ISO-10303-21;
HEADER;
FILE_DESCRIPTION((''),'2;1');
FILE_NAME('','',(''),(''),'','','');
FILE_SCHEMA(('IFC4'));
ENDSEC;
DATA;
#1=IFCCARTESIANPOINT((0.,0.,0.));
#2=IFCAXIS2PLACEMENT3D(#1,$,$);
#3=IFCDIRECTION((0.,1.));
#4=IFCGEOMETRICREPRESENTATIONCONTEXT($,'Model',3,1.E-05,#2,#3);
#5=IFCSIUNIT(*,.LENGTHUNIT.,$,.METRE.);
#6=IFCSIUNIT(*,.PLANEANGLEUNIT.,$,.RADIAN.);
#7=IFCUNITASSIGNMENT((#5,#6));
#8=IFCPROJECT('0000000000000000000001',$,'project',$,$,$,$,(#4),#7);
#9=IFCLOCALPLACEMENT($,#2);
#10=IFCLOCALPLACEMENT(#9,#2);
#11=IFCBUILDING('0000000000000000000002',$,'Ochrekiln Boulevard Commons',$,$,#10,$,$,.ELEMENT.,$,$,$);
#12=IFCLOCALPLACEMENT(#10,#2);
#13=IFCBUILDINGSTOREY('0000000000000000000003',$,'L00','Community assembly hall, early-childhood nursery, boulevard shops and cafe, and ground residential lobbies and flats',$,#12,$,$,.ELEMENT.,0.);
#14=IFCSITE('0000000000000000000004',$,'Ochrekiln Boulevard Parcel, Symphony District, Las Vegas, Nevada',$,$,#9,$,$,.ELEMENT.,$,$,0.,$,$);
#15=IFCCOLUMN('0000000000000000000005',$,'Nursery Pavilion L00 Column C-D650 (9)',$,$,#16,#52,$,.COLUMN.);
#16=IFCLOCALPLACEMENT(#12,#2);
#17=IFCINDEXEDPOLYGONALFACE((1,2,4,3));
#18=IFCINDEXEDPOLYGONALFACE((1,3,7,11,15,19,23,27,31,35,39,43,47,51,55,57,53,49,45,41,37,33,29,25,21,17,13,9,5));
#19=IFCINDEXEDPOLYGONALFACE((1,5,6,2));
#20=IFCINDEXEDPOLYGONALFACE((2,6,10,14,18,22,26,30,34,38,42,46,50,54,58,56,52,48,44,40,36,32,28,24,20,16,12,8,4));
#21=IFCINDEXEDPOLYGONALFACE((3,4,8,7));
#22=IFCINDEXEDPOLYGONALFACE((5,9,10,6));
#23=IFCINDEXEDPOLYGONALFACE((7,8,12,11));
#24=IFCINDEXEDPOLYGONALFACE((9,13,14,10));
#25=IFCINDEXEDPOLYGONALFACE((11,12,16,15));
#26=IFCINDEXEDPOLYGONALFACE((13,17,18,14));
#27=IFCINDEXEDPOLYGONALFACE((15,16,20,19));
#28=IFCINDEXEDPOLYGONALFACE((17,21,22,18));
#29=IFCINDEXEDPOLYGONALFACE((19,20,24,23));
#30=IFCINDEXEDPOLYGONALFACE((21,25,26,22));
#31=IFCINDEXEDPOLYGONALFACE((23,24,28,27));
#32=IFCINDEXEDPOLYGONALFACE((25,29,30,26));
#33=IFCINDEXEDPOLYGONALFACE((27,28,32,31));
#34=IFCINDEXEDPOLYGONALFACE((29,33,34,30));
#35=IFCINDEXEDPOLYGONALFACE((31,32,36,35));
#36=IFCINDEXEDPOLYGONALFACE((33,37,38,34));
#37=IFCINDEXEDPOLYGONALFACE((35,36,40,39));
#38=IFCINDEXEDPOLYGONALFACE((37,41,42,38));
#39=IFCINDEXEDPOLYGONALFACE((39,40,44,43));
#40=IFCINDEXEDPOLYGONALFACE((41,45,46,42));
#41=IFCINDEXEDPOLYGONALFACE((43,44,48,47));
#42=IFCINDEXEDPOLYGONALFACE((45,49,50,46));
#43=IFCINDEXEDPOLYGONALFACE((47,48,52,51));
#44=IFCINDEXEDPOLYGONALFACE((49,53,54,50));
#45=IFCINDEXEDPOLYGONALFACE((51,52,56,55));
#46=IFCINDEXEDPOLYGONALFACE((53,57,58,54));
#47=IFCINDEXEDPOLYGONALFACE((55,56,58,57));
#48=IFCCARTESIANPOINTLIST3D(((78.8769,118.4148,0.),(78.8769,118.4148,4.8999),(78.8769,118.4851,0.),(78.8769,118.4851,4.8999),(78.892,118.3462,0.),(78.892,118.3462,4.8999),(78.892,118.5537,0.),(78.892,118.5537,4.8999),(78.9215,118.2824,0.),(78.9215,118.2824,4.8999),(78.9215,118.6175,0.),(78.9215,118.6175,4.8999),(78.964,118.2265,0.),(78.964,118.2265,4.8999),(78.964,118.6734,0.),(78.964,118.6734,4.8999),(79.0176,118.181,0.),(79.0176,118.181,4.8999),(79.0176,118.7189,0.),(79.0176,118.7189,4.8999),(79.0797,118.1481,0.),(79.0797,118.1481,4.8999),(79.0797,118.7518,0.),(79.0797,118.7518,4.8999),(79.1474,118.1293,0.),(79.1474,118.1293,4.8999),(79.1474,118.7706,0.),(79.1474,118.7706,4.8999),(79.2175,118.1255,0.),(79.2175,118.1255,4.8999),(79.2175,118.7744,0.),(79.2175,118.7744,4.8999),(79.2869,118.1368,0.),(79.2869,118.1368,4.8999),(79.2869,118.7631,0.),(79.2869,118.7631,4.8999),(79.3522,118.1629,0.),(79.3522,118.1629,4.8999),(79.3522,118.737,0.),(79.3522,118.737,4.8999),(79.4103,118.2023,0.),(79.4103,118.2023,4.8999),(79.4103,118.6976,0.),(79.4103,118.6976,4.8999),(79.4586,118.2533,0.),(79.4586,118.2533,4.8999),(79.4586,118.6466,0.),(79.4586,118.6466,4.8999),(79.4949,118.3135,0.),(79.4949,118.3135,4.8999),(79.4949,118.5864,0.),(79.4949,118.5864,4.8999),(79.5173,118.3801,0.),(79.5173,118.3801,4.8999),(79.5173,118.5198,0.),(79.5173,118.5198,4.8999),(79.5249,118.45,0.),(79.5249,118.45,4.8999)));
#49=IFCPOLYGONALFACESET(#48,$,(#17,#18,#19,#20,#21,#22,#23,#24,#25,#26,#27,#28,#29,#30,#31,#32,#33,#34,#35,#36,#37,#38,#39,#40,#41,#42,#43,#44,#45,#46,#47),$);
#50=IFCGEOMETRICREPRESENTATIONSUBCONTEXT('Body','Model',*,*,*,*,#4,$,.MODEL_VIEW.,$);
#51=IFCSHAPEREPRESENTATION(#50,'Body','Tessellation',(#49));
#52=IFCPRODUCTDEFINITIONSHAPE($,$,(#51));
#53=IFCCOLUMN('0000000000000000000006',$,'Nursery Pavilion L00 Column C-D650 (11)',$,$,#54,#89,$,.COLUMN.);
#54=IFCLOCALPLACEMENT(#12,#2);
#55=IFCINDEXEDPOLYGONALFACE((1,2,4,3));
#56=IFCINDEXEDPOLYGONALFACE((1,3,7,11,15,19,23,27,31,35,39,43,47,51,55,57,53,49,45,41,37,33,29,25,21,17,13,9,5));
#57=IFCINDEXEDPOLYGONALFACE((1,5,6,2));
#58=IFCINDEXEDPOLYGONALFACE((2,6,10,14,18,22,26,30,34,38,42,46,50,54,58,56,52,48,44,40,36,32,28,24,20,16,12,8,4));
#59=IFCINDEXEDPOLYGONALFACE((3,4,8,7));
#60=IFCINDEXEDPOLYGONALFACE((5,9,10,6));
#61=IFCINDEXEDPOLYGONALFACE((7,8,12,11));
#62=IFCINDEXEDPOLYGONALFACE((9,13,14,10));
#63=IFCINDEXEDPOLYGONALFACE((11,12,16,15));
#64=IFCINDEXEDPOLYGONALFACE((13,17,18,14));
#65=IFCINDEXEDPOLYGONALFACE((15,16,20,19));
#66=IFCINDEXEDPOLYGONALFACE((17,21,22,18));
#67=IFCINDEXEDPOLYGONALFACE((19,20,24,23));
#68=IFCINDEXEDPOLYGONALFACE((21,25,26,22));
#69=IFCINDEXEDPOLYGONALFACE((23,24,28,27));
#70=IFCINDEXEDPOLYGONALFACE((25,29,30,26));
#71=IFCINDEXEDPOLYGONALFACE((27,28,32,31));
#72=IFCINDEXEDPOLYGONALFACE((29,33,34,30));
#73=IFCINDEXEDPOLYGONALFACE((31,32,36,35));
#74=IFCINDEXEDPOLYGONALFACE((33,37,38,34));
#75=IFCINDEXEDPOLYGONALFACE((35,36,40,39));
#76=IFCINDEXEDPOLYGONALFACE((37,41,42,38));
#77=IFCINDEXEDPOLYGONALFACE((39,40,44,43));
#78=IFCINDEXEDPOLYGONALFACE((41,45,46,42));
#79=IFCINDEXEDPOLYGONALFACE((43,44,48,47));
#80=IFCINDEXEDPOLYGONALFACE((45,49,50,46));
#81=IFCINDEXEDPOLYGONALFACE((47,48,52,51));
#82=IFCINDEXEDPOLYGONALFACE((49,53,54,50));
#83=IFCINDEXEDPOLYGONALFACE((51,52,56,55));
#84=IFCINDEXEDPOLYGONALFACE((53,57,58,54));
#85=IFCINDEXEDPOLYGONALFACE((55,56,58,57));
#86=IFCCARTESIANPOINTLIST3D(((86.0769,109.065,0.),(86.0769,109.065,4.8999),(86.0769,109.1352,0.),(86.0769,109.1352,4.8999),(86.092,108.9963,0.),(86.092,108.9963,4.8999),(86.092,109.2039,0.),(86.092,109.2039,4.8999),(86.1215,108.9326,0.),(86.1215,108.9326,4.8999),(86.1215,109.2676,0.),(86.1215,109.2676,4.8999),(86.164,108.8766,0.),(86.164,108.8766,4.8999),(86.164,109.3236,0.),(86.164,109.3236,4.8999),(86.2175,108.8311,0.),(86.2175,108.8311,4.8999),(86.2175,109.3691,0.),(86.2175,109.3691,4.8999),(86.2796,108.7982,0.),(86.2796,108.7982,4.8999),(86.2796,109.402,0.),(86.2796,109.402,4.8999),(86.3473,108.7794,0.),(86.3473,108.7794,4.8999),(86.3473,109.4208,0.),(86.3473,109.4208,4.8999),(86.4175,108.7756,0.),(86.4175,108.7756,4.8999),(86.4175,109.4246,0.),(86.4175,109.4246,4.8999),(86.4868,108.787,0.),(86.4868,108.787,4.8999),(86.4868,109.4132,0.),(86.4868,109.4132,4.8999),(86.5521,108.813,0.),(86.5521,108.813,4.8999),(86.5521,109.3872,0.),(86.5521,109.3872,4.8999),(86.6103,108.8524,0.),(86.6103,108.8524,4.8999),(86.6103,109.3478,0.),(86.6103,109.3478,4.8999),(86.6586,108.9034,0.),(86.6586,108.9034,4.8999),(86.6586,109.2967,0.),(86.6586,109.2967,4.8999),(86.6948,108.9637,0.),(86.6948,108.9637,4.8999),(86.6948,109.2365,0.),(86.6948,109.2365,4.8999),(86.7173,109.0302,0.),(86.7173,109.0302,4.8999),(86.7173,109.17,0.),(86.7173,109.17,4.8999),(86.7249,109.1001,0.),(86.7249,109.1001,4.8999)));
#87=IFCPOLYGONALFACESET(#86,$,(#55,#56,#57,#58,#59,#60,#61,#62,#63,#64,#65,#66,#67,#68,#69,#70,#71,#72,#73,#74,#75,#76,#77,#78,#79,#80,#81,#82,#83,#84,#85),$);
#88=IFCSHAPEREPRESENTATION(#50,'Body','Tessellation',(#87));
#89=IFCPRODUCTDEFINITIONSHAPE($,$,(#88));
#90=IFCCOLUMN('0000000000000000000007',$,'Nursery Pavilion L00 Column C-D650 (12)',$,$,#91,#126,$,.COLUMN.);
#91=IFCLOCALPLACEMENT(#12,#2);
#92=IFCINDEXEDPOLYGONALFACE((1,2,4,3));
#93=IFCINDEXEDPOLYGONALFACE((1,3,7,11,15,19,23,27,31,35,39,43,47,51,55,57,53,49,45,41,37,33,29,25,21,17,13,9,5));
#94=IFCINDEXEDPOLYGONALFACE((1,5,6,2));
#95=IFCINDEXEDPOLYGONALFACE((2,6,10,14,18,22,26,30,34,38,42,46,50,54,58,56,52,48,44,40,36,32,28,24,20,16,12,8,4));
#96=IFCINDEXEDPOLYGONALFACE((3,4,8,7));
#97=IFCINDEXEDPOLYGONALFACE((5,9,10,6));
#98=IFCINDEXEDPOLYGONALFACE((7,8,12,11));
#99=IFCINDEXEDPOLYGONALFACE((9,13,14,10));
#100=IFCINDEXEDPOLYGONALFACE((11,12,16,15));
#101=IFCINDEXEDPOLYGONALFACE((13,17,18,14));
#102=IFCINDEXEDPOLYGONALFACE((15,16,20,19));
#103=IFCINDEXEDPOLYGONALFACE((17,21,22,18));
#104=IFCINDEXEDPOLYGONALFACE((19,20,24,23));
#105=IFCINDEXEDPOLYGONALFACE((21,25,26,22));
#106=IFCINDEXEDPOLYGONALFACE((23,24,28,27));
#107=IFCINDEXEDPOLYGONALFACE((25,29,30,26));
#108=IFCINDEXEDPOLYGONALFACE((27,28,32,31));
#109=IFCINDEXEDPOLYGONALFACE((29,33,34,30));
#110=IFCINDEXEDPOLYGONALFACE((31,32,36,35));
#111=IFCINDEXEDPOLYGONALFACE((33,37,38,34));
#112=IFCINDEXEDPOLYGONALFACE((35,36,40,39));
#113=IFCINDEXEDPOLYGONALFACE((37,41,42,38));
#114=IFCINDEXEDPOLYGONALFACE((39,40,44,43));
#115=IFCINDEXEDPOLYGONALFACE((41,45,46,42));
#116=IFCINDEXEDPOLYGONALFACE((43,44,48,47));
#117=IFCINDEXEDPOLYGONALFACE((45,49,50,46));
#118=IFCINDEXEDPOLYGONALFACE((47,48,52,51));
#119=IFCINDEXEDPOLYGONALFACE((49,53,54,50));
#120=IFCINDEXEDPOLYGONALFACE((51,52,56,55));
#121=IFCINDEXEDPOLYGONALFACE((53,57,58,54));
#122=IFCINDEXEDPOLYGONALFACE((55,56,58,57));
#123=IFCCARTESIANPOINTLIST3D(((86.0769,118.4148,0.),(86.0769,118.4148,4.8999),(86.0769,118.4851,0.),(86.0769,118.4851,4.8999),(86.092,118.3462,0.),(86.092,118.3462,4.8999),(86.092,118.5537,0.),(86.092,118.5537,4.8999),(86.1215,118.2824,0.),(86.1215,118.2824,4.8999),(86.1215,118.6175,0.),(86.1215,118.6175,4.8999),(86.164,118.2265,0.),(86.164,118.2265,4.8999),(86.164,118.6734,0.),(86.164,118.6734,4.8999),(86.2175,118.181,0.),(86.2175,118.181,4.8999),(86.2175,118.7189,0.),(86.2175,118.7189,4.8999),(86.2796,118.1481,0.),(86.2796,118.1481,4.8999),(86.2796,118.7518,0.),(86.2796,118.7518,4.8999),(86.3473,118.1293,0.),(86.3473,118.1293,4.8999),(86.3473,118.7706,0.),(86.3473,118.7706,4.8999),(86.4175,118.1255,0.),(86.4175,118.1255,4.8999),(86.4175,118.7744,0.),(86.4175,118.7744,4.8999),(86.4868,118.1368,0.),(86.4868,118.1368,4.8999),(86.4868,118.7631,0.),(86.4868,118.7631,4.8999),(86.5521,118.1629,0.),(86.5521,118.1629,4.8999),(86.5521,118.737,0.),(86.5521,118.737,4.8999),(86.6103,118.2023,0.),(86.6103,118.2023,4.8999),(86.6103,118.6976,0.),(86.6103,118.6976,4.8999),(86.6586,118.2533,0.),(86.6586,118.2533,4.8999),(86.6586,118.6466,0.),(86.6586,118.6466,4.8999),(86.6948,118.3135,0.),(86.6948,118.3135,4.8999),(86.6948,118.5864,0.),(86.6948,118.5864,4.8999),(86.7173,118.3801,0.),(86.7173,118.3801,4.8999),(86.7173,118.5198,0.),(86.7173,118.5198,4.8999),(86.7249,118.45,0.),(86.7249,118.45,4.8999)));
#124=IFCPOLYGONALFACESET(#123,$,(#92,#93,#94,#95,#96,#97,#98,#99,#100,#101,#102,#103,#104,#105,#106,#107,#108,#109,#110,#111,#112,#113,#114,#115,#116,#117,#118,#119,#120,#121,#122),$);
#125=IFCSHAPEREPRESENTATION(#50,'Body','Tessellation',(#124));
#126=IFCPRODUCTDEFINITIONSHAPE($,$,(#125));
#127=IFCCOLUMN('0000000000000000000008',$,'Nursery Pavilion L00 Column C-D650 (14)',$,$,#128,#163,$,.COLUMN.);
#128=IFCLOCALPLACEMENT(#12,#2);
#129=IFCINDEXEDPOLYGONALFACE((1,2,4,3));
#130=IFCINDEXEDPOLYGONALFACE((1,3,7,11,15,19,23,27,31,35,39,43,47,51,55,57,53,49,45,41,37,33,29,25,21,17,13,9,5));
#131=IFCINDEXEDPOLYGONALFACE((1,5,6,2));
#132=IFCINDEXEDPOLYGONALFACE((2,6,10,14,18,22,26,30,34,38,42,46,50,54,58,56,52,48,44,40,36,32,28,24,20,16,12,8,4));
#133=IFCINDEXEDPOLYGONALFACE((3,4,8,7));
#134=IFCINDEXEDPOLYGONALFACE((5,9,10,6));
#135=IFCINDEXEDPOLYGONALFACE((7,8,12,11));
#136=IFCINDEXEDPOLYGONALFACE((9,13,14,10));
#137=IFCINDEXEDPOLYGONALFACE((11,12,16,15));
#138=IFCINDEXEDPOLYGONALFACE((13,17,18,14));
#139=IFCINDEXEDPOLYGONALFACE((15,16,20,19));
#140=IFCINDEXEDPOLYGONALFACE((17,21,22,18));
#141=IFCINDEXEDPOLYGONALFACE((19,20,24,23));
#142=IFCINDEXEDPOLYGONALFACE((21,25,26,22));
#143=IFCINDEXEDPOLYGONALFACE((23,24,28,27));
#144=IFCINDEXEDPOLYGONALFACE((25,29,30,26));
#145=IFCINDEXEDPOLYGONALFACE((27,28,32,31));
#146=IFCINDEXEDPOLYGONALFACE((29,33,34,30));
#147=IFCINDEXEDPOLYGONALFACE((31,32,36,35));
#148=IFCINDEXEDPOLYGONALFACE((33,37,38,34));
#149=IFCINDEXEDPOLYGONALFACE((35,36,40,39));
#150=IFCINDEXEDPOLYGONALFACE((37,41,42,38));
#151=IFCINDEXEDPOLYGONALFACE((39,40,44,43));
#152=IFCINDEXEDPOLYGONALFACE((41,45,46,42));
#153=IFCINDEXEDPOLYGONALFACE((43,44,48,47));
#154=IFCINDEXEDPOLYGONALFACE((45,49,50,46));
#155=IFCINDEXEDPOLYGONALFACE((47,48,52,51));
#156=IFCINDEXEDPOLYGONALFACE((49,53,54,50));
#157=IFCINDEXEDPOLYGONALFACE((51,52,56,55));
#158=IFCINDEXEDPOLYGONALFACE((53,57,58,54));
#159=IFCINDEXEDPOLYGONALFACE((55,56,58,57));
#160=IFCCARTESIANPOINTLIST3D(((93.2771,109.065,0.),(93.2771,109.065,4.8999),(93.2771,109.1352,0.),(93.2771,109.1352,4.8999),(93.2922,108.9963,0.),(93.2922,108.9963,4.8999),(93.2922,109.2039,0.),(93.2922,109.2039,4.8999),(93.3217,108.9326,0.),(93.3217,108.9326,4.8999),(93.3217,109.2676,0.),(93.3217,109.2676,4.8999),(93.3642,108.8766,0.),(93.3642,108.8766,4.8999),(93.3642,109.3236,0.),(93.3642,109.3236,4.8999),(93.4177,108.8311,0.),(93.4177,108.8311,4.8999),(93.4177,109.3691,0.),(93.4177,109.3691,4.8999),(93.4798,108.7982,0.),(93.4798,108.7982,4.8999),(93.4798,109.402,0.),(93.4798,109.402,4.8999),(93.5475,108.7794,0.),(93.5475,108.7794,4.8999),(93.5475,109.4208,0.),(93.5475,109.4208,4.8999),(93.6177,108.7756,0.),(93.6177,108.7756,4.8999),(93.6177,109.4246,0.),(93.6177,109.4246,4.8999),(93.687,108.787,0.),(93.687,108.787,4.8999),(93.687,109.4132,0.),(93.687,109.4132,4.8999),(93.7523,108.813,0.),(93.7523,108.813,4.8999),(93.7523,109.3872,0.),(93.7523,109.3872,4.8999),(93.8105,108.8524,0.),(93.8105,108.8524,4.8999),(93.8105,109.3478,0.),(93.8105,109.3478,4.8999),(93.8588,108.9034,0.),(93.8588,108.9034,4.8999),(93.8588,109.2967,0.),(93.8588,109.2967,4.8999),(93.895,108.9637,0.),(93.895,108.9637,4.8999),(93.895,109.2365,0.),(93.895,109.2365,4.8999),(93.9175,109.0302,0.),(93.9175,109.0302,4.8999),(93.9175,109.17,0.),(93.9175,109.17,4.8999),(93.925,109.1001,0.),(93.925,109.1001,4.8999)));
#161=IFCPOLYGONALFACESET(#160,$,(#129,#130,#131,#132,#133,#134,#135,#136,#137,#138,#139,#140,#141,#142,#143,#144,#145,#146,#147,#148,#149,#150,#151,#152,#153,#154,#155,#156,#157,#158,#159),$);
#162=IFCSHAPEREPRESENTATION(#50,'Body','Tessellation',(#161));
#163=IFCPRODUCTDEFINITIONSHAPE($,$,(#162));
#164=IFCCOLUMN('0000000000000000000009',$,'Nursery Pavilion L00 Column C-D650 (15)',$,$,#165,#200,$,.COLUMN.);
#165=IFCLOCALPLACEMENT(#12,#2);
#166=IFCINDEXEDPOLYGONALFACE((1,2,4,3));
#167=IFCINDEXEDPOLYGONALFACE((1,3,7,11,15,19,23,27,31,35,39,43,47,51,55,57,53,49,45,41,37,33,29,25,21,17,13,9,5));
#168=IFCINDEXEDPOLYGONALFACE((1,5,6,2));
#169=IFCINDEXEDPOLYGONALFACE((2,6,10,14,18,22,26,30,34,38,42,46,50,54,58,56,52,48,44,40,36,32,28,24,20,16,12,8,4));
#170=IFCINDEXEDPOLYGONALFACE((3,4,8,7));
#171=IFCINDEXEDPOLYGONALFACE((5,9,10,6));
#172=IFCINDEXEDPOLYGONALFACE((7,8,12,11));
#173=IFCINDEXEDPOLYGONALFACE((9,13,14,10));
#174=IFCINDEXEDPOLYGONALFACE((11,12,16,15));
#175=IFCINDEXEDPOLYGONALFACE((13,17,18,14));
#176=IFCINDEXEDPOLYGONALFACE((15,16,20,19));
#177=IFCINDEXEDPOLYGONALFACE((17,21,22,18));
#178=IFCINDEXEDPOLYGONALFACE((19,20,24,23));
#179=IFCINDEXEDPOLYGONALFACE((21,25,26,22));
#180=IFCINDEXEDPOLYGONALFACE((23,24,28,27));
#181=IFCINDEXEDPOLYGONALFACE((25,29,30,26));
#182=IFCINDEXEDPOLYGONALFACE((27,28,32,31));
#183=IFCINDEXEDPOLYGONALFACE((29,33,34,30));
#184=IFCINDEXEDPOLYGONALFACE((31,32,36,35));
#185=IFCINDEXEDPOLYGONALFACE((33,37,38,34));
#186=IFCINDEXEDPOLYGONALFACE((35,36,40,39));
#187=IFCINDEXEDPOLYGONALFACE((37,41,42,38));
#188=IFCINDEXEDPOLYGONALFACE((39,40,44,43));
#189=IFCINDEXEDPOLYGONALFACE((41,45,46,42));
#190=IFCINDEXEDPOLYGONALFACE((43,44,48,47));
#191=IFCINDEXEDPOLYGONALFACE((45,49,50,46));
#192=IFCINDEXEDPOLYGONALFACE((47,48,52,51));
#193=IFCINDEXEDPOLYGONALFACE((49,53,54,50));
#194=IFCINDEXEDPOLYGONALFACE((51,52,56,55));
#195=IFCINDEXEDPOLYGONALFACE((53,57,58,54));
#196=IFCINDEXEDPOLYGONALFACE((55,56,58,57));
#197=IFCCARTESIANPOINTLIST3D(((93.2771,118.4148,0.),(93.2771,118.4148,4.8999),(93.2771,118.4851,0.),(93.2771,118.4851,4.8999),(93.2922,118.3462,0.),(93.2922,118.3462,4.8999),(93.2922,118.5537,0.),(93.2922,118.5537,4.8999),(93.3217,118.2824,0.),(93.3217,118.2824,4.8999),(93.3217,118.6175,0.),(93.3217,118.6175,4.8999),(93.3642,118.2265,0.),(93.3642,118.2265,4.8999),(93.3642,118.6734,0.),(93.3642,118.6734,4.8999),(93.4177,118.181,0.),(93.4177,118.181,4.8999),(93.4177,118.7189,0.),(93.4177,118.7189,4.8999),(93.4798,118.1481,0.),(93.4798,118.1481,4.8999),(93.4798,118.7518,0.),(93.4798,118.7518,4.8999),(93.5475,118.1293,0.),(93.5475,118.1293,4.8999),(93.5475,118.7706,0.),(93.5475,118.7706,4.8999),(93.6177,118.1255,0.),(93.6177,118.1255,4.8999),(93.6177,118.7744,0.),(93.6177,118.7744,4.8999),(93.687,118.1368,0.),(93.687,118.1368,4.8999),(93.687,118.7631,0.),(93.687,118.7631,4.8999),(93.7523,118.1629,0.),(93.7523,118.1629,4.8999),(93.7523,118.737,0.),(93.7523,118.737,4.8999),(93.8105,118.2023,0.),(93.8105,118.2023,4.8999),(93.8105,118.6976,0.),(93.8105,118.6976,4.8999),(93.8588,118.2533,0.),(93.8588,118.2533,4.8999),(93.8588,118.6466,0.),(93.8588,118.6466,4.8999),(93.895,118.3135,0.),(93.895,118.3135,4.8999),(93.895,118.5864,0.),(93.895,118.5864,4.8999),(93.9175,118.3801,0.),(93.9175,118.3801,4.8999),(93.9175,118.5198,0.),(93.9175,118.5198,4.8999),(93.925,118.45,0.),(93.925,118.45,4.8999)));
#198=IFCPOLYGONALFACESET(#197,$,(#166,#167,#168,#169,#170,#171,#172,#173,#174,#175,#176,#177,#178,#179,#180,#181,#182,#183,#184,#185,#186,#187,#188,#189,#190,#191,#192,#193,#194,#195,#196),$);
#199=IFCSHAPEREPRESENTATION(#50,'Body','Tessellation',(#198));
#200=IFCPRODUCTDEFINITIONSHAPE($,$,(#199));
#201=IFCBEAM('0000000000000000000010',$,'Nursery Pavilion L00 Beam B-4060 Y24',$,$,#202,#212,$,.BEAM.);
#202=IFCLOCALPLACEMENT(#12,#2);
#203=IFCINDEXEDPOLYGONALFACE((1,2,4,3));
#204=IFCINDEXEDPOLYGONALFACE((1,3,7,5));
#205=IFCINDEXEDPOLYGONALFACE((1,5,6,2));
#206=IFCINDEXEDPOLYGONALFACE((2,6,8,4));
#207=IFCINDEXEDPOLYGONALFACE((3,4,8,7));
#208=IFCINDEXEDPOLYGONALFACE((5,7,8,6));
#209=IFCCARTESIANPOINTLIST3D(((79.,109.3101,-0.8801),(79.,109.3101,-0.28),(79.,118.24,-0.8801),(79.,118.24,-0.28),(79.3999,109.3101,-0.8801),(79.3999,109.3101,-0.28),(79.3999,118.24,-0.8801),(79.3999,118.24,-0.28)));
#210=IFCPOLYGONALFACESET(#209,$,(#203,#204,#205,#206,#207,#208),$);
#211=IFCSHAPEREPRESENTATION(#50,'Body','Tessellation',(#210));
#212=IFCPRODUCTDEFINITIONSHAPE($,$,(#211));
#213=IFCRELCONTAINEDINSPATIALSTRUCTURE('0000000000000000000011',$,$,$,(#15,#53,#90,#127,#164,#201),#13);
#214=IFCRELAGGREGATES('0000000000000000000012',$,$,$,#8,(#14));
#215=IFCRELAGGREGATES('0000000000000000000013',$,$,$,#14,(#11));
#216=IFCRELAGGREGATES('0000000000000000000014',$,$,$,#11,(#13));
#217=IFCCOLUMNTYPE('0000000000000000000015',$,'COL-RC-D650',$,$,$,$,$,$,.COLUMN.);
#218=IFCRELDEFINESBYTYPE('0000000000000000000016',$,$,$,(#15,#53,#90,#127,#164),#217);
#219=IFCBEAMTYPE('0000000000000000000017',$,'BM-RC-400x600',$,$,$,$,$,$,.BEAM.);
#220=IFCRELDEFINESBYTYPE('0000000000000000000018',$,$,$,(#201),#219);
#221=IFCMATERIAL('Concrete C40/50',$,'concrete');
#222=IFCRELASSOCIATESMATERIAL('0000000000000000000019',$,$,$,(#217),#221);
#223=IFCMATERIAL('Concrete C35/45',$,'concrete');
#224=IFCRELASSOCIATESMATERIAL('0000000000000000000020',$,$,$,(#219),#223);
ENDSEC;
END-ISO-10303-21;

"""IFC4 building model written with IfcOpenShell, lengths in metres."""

from ifc_helpers import new_model, si_unit, direction, frame, origin, origin_2d, place, context, subcontext, project, spatial, rectangle, circle, extrude, material, material_profile, profile_set, type_object, element, save


model = new_model("IFC4")

# Units and contexts
model_context = context("Model", 3, precision=1e-05, world=origin(), true_north=direction((0.0, 1.0)))
body_context = subcontext(model_context, "Body", "Model", "MODEL_VIEW")
ifc_project = project(units=[si_unit("LENGTHUNIT", "METRE"), si_unit("PLANEANGLEUNIT", "RADIAN")], contexts=[model_context])

# Site, building, storey
site_placement = place(None, origin())
site = spatial("IfcSite", under=ifc_project, at=site_placement, Name="Ochrekiln Boulevard Parcel, Symphony District, Las Vegas, Nevada", CompositionType="ELEMENT", RefElevation=0.0)
building_placement = place(site_placement, origin())
building = spatial("IfcBuilding", under=site, at=building_placement, Name="Ochrekiln Boulevard Commons", CompositionType="ELEMENT")
storey_placement = place(building_placement, origin())
storey = spatial("IfcBuildingStorey", under=building, at=storey_placement, Name="L00", Description="Community assembly hall, early-childhood nursery, boulevard shops and cafe, and ground residential lobbies and flats", CompositionType="ELEMENT", Elevation=0.0)

# Columns
ifc_material_1 = material(Name="Concrete C40/50", Category="concrete")
ifc_material_profile_1 = material_profile(ifc_material_1, circle(Radius=0.325, at=origin_2d()), Name="RC-COL-D650")
ifc_profile_set_1 = profile_set([ifc_material_profile_1], Name="Concrete C40/50")
column_type = type_object("IfcColumnType", Name="COL-RC-D650", PredefinedType="COLUMN", material=ifc_profile_set_1)
for number, where, z_axis, x_axis, name in (
    (1, (79.2, 118.45, 0.0), (0.0, 0.0, 1.0), (1.0, 0.0, 0.0), "Nursery Pavilion L00 Column C-D650 (9)"),
    (2, (86.3999, 109.1001, 0.0), (0.0, 0.0, 1.0), (1.0, 0.0, 0.0), "Nursery Pavilion L00 Column C-D650 (11)"),
    (3, (86.3999, 118.45, 0.0), (0.0, 0.0, 1.0), (1.0, 0.0, 0.0), "Nursery Pavilion L00 Column C-D650 (12)"),
    (4, (93.6001, 109.1001, 0.0), (0.0, 0.0, 1.0), (1.0, 0.0, 0.0), "Nursery Pavilion L00 Column C-D650 (14)"),
    (5, (93.6001, 118.45, 0.0), (0.0, 0.0, 1.0), (1.0, 0.0, 0.0), "Nursery Pavilion L00 Column C-D650 (15)"),
):
    element("IfcColumn", number, at=place(storey_placement, frame(where, z_axis=z_axis, x_axis=x_axis)), inside=storey, type_object=column_type, Name=name, PredefinedType="COLUMN", context=body_context, shape_type="SweptSolid", body=[
        extrude(circle(Radius=0.325, at=origin_2d()), origin(), (0.0, 0.0, 1.0), 4.8999),
    ])

# Beam
ifc_material_2 = material(Name="Concrete C35/45", Category="concrete")
ifc_material_profile_2 = material_profile(ifc_material_2, rectangle(XDim=0.3999, YDim=0.6001, at=origin_2d()), Name="RC-BM-400x600")
ifc_profile_set_2 = profile_set([ifc_material_profile_2], Name="Concrete C35/45")
beam_type_1 = type_object("IfcBeamType", Name="BM-RC-400x600", PredefinedType="BEAM", material=ifc_profile_set_2)
for number, where, z_axis, x_axis, name in (
    (6, (79.2, 109.3101, -0.5801), (0.0, 1.0, 0.0), (-1.0, 0.0, 0.0), "Nursery Pavilion L00 Beam B-4060 Y24"),
):
    element("IfcBeam", number, at=place(storey_placement, frame(where, z_axis=z_axis, x_axis=x_axis)), inside=storey, type_object=beam_type_1, Name=name, PredefinedType="BEAM", context=body_context, shape_type="SweptSolid", body=[
        extrude(rectangle(XDim=0.3999, YDim=0.6001, at=origin_2d()), origin(), (0.0, 0.0, 1.0), 8.9299),
    ])

save(model, "model.ifc")
